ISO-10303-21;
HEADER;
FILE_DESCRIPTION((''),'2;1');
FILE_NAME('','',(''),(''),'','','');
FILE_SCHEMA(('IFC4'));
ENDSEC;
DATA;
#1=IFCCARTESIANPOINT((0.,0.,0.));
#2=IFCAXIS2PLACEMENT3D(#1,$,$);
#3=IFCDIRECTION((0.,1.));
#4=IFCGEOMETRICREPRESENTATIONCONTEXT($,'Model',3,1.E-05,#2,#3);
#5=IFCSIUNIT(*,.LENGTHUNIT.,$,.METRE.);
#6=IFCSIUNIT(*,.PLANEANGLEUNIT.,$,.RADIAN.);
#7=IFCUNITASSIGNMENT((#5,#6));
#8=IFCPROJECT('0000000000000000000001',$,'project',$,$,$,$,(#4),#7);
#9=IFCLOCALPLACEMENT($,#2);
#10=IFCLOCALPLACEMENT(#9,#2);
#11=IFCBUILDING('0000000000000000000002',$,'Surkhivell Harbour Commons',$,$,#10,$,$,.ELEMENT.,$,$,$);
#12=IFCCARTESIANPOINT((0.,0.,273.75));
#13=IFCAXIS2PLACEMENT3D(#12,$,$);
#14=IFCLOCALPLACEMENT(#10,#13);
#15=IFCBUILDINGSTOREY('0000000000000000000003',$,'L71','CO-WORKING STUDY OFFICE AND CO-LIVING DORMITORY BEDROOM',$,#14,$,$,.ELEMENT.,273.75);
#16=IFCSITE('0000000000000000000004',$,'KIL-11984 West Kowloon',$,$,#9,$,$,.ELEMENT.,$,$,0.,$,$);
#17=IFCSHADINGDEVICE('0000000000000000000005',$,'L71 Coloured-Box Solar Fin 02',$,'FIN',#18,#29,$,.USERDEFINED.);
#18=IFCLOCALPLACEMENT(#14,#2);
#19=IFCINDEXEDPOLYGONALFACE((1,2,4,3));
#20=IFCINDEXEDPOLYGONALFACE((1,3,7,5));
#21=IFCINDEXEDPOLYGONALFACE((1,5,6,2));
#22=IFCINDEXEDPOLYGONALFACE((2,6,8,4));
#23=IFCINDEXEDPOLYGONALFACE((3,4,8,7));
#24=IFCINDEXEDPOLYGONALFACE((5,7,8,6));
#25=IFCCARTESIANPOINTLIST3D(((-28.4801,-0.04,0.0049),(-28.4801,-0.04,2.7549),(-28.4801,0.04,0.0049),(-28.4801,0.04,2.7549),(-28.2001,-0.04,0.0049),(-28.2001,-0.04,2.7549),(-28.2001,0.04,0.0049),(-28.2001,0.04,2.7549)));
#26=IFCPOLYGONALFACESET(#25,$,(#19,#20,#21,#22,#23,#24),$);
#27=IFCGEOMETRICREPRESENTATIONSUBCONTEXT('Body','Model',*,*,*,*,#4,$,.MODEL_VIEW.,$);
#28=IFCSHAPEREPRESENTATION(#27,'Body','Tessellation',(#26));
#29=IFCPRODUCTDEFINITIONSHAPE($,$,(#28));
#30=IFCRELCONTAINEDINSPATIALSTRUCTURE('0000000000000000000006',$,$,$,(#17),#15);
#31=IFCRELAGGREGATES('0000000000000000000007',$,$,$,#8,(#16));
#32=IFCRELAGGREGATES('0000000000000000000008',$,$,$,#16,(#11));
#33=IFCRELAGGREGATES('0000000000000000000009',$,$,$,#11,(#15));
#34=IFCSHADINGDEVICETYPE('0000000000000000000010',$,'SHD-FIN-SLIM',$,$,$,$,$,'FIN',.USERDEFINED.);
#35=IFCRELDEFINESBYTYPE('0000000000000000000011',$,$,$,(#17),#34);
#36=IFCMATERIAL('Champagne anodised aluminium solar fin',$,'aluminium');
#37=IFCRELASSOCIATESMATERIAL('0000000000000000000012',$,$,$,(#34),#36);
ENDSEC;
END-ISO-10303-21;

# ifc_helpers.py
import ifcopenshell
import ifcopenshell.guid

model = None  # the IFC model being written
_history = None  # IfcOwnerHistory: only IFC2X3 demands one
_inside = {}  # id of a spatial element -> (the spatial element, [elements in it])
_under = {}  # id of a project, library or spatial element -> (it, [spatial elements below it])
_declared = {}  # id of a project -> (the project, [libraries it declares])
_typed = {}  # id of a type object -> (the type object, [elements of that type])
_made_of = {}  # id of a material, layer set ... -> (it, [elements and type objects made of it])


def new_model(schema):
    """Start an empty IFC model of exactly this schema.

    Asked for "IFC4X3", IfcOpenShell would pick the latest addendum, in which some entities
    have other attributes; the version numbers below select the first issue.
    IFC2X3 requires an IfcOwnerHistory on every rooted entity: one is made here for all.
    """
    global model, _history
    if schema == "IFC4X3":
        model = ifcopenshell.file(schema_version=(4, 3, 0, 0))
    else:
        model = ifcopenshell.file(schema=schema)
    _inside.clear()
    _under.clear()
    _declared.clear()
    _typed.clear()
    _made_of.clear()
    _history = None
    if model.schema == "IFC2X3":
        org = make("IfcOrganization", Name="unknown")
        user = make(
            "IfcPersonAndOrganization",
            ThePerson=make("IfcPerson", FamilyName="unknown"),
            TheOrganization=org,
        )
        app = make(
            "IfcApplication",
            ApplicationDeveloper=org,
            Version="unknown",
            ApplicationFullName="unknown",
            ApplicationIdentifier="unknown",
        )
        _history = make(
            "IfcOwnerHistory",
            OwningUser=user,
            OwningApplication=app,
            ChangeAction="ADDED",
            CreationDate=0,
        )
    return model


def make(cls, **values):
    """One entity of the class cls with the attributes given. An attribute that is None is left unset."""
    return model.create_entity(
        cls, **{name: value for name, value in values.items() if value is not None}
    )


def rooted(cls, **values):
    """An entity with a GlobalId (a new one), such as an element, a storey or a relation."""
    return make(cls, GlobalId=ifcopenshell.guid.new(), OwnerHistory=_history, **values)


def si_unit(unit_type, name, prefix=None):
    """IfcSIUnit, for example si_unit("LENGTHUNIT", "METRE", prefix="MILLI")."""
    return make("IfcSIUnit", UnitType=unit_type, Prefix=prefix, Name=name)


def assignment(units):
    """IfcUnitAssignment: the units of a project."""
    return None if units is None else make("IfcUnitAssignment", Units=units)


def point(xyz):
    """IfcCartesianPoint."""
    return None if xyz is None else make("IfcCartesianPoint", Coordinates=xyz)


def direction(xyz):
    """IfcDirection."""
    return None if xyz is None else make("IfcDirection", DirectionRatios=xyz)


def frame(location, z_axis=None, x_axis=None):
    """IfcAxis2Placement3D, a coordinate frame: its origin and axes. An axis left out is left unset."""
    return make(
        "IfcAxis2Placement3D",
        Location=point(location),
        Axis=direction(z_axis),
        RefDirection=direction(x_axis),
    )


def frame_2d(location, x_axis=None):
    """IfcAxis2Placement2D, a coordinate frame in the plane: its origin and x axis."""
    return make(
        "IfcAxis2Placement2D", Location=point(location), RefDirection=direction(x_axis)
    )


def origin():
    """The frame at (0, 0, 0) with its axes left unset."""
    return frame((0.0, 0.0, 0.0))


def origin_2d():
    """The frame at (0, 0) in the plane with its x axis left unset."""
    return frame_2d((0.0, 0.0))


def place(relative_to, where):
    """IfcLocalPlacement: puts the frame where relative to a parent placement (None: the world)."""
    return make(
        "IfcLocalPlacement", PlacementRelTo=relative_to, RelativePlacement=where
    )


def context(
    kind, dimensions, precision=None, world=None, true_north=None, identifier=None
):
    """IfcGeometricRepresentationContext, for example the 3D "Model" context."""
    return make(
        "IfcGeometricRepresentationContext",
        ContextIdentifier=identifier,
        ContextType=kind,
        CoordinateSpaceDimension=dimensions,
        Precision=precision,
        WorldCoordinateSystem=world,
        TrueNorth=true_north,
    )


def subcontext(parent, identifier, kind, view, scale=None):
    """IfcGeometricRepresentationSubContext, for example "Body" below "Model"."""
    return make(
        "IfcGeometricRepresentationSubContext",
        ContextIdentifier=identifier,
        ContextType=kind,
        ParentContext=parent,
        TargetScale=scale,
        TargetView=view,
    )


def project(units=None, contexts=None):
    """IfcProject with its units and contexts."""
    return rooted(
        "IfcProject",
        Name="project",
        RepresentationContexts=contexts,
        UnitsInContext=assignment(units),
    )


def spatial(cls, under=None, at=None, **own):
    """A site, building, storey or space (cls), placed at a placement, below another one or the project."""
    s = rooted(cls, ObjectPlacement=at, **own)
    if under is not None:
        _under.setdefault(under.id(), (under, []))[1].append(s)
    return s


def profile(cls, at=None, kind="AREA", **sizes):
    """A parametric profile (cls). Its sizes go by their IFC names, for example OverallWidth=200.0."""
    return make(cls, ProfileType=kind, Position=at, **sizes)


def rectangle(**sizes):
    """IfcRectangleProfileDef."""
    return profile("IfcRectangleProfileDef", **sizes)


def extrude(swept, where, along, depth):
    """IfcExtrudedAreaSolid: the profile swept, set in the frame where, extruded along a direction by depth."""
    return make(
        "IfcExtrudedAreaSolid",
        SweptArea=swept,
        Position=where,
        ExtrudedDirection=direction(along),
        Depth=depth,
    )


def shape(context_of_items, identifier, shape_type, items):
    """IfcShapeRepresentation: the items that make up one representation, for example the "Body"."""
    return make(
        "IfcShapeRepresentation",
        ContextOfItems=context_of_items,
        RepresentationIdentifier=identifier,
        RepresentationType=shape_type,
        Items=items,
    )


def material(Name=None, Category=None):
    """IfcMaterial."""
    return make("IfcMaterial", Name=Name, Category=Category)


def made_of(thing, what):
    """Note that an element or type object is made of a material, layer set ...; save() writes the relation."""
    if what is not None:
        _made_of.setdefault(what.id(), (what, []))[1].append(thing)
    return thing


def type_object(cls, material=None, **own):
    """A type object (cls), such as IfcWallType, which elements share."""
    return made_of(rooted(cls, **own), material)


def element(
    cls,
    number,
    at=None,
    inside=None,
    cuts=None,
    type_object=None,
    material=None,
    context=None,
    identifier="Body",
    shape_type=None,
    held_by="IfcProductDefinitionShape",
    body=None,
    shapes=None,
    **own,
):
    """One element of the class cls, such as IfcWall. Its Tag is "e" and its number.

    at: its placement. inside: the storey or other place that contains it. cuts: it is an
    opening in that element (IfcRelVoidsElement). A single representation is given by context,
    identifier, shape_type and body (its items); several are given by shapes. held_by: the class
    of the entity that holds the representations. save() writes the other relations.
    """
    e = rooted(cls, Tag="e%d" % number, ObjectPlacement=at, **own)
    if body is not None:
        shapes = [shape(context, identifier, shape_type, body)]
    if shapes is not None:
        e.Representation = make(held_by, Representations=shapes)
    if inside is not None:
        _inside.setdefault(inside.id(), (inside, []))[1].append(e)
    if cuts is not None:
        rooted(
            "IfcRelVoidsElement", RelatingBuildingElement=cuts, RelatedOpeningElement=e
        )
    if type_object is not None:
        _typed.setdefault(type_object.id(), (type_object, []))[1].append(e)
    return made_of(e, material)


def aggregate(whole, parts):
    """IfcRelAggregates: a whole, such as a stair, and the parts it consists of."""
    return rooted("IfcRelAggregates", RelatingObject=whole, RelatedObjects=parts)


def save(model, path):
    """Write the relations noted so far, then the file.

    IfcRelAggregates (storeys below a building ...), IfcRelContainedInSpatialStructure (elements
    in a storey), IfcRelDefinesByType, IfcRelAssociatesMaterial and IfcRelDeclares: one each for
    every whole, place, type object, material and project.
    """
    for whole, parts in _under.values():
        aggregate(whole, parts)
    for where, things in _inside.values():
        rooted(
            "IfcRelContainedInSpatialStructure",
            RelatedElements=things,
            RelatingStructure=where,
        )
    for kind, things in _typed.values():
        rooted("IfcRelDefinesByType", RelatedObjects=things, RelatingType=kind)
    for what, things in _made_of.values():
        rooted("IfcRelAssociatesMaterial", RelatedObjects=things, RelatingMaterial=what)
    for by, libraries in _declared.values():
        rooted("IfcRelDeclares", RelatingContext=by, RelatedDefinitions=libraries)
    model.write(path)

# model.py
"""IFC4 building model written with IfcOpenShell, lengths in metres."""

from ifc_helpers import new_model, si_unit, direction, frame, origin, origin_2d, place, context, subcontext, project, spatial, rectangle, extrude, material, type_object, element, save


model = new_model("IFC4")

# Units and contexts
model_context = context("Model", 3, precision=1e-05, world=origin(), true_north=direction((0.0, 1.0)))
body_context = subcontext(model_context, "Body", "Model", "MODEL_VIEW")
ifc_project = project(units=[si_unit("LENGTHUNIT", "METRE"), si_unit("PLANEANGLEUNIT", "RADIAN")], contexts=[model_context])

# Site, building, storey
site_placement = place(None, origin())
site = spatial("IfcSite", under=ifc_project, at=site_placement, Name="KIL-11984 West Kowloon", CompositionType="ELEMENT", RefElevation=0.0)
building_placement = place(site_placement, origin())
building = spatial("IfcBuilding", under=site, at=building_placement, Name="Surkhivell Harbour Commons", CompositionType="ELEMENT")
storey_placement = place(building_placement, frame((0.0, 0.0, 273.75)))
storey = spatial("IfcBuildingStorey", under=building, at=storey_placement, Name="L71", Description="CO-WORKING STUDY OFFICE AND CO-LIVING DORMITORY BEDROOM", CompositionType="ELEMENT", Elevation=273.75)

# Shading device
ifc_material_1 = material(Name="Champagne anodised aluminium solar fin", Category="aluminium")
shading_device_type = type_object("IfcShadingDeviceType", Name="SHD-FIN-SLIM", ElementType="FIN", PredefinedType="USERDEFINED", material=ifc_material_1)
shading_device_placement = place(storey_placement, frame((-28.3401, 0.0, 0.0049), z_axis=(0.0, 0.0, 1.0), x_axis=(1.0, 0.0, 0.0)))
element("IfcShadingDevice", 1, at=shading_device_placement, inside=storey, type_object=shading_device_type, Name="L71 Coloured-Box Solar Fin 02", ObjectType="FIN", PredefinedType="USERDEFINED", context=body_context, shape_type="SweptSolid", body=[
    extrude(rectangle(XDim=0.28, YDim=0.0801, at=origin_2d()), origin(), (0.0, 0.0, 1.0), 2.75),
])

save(model, "model.ifc")
